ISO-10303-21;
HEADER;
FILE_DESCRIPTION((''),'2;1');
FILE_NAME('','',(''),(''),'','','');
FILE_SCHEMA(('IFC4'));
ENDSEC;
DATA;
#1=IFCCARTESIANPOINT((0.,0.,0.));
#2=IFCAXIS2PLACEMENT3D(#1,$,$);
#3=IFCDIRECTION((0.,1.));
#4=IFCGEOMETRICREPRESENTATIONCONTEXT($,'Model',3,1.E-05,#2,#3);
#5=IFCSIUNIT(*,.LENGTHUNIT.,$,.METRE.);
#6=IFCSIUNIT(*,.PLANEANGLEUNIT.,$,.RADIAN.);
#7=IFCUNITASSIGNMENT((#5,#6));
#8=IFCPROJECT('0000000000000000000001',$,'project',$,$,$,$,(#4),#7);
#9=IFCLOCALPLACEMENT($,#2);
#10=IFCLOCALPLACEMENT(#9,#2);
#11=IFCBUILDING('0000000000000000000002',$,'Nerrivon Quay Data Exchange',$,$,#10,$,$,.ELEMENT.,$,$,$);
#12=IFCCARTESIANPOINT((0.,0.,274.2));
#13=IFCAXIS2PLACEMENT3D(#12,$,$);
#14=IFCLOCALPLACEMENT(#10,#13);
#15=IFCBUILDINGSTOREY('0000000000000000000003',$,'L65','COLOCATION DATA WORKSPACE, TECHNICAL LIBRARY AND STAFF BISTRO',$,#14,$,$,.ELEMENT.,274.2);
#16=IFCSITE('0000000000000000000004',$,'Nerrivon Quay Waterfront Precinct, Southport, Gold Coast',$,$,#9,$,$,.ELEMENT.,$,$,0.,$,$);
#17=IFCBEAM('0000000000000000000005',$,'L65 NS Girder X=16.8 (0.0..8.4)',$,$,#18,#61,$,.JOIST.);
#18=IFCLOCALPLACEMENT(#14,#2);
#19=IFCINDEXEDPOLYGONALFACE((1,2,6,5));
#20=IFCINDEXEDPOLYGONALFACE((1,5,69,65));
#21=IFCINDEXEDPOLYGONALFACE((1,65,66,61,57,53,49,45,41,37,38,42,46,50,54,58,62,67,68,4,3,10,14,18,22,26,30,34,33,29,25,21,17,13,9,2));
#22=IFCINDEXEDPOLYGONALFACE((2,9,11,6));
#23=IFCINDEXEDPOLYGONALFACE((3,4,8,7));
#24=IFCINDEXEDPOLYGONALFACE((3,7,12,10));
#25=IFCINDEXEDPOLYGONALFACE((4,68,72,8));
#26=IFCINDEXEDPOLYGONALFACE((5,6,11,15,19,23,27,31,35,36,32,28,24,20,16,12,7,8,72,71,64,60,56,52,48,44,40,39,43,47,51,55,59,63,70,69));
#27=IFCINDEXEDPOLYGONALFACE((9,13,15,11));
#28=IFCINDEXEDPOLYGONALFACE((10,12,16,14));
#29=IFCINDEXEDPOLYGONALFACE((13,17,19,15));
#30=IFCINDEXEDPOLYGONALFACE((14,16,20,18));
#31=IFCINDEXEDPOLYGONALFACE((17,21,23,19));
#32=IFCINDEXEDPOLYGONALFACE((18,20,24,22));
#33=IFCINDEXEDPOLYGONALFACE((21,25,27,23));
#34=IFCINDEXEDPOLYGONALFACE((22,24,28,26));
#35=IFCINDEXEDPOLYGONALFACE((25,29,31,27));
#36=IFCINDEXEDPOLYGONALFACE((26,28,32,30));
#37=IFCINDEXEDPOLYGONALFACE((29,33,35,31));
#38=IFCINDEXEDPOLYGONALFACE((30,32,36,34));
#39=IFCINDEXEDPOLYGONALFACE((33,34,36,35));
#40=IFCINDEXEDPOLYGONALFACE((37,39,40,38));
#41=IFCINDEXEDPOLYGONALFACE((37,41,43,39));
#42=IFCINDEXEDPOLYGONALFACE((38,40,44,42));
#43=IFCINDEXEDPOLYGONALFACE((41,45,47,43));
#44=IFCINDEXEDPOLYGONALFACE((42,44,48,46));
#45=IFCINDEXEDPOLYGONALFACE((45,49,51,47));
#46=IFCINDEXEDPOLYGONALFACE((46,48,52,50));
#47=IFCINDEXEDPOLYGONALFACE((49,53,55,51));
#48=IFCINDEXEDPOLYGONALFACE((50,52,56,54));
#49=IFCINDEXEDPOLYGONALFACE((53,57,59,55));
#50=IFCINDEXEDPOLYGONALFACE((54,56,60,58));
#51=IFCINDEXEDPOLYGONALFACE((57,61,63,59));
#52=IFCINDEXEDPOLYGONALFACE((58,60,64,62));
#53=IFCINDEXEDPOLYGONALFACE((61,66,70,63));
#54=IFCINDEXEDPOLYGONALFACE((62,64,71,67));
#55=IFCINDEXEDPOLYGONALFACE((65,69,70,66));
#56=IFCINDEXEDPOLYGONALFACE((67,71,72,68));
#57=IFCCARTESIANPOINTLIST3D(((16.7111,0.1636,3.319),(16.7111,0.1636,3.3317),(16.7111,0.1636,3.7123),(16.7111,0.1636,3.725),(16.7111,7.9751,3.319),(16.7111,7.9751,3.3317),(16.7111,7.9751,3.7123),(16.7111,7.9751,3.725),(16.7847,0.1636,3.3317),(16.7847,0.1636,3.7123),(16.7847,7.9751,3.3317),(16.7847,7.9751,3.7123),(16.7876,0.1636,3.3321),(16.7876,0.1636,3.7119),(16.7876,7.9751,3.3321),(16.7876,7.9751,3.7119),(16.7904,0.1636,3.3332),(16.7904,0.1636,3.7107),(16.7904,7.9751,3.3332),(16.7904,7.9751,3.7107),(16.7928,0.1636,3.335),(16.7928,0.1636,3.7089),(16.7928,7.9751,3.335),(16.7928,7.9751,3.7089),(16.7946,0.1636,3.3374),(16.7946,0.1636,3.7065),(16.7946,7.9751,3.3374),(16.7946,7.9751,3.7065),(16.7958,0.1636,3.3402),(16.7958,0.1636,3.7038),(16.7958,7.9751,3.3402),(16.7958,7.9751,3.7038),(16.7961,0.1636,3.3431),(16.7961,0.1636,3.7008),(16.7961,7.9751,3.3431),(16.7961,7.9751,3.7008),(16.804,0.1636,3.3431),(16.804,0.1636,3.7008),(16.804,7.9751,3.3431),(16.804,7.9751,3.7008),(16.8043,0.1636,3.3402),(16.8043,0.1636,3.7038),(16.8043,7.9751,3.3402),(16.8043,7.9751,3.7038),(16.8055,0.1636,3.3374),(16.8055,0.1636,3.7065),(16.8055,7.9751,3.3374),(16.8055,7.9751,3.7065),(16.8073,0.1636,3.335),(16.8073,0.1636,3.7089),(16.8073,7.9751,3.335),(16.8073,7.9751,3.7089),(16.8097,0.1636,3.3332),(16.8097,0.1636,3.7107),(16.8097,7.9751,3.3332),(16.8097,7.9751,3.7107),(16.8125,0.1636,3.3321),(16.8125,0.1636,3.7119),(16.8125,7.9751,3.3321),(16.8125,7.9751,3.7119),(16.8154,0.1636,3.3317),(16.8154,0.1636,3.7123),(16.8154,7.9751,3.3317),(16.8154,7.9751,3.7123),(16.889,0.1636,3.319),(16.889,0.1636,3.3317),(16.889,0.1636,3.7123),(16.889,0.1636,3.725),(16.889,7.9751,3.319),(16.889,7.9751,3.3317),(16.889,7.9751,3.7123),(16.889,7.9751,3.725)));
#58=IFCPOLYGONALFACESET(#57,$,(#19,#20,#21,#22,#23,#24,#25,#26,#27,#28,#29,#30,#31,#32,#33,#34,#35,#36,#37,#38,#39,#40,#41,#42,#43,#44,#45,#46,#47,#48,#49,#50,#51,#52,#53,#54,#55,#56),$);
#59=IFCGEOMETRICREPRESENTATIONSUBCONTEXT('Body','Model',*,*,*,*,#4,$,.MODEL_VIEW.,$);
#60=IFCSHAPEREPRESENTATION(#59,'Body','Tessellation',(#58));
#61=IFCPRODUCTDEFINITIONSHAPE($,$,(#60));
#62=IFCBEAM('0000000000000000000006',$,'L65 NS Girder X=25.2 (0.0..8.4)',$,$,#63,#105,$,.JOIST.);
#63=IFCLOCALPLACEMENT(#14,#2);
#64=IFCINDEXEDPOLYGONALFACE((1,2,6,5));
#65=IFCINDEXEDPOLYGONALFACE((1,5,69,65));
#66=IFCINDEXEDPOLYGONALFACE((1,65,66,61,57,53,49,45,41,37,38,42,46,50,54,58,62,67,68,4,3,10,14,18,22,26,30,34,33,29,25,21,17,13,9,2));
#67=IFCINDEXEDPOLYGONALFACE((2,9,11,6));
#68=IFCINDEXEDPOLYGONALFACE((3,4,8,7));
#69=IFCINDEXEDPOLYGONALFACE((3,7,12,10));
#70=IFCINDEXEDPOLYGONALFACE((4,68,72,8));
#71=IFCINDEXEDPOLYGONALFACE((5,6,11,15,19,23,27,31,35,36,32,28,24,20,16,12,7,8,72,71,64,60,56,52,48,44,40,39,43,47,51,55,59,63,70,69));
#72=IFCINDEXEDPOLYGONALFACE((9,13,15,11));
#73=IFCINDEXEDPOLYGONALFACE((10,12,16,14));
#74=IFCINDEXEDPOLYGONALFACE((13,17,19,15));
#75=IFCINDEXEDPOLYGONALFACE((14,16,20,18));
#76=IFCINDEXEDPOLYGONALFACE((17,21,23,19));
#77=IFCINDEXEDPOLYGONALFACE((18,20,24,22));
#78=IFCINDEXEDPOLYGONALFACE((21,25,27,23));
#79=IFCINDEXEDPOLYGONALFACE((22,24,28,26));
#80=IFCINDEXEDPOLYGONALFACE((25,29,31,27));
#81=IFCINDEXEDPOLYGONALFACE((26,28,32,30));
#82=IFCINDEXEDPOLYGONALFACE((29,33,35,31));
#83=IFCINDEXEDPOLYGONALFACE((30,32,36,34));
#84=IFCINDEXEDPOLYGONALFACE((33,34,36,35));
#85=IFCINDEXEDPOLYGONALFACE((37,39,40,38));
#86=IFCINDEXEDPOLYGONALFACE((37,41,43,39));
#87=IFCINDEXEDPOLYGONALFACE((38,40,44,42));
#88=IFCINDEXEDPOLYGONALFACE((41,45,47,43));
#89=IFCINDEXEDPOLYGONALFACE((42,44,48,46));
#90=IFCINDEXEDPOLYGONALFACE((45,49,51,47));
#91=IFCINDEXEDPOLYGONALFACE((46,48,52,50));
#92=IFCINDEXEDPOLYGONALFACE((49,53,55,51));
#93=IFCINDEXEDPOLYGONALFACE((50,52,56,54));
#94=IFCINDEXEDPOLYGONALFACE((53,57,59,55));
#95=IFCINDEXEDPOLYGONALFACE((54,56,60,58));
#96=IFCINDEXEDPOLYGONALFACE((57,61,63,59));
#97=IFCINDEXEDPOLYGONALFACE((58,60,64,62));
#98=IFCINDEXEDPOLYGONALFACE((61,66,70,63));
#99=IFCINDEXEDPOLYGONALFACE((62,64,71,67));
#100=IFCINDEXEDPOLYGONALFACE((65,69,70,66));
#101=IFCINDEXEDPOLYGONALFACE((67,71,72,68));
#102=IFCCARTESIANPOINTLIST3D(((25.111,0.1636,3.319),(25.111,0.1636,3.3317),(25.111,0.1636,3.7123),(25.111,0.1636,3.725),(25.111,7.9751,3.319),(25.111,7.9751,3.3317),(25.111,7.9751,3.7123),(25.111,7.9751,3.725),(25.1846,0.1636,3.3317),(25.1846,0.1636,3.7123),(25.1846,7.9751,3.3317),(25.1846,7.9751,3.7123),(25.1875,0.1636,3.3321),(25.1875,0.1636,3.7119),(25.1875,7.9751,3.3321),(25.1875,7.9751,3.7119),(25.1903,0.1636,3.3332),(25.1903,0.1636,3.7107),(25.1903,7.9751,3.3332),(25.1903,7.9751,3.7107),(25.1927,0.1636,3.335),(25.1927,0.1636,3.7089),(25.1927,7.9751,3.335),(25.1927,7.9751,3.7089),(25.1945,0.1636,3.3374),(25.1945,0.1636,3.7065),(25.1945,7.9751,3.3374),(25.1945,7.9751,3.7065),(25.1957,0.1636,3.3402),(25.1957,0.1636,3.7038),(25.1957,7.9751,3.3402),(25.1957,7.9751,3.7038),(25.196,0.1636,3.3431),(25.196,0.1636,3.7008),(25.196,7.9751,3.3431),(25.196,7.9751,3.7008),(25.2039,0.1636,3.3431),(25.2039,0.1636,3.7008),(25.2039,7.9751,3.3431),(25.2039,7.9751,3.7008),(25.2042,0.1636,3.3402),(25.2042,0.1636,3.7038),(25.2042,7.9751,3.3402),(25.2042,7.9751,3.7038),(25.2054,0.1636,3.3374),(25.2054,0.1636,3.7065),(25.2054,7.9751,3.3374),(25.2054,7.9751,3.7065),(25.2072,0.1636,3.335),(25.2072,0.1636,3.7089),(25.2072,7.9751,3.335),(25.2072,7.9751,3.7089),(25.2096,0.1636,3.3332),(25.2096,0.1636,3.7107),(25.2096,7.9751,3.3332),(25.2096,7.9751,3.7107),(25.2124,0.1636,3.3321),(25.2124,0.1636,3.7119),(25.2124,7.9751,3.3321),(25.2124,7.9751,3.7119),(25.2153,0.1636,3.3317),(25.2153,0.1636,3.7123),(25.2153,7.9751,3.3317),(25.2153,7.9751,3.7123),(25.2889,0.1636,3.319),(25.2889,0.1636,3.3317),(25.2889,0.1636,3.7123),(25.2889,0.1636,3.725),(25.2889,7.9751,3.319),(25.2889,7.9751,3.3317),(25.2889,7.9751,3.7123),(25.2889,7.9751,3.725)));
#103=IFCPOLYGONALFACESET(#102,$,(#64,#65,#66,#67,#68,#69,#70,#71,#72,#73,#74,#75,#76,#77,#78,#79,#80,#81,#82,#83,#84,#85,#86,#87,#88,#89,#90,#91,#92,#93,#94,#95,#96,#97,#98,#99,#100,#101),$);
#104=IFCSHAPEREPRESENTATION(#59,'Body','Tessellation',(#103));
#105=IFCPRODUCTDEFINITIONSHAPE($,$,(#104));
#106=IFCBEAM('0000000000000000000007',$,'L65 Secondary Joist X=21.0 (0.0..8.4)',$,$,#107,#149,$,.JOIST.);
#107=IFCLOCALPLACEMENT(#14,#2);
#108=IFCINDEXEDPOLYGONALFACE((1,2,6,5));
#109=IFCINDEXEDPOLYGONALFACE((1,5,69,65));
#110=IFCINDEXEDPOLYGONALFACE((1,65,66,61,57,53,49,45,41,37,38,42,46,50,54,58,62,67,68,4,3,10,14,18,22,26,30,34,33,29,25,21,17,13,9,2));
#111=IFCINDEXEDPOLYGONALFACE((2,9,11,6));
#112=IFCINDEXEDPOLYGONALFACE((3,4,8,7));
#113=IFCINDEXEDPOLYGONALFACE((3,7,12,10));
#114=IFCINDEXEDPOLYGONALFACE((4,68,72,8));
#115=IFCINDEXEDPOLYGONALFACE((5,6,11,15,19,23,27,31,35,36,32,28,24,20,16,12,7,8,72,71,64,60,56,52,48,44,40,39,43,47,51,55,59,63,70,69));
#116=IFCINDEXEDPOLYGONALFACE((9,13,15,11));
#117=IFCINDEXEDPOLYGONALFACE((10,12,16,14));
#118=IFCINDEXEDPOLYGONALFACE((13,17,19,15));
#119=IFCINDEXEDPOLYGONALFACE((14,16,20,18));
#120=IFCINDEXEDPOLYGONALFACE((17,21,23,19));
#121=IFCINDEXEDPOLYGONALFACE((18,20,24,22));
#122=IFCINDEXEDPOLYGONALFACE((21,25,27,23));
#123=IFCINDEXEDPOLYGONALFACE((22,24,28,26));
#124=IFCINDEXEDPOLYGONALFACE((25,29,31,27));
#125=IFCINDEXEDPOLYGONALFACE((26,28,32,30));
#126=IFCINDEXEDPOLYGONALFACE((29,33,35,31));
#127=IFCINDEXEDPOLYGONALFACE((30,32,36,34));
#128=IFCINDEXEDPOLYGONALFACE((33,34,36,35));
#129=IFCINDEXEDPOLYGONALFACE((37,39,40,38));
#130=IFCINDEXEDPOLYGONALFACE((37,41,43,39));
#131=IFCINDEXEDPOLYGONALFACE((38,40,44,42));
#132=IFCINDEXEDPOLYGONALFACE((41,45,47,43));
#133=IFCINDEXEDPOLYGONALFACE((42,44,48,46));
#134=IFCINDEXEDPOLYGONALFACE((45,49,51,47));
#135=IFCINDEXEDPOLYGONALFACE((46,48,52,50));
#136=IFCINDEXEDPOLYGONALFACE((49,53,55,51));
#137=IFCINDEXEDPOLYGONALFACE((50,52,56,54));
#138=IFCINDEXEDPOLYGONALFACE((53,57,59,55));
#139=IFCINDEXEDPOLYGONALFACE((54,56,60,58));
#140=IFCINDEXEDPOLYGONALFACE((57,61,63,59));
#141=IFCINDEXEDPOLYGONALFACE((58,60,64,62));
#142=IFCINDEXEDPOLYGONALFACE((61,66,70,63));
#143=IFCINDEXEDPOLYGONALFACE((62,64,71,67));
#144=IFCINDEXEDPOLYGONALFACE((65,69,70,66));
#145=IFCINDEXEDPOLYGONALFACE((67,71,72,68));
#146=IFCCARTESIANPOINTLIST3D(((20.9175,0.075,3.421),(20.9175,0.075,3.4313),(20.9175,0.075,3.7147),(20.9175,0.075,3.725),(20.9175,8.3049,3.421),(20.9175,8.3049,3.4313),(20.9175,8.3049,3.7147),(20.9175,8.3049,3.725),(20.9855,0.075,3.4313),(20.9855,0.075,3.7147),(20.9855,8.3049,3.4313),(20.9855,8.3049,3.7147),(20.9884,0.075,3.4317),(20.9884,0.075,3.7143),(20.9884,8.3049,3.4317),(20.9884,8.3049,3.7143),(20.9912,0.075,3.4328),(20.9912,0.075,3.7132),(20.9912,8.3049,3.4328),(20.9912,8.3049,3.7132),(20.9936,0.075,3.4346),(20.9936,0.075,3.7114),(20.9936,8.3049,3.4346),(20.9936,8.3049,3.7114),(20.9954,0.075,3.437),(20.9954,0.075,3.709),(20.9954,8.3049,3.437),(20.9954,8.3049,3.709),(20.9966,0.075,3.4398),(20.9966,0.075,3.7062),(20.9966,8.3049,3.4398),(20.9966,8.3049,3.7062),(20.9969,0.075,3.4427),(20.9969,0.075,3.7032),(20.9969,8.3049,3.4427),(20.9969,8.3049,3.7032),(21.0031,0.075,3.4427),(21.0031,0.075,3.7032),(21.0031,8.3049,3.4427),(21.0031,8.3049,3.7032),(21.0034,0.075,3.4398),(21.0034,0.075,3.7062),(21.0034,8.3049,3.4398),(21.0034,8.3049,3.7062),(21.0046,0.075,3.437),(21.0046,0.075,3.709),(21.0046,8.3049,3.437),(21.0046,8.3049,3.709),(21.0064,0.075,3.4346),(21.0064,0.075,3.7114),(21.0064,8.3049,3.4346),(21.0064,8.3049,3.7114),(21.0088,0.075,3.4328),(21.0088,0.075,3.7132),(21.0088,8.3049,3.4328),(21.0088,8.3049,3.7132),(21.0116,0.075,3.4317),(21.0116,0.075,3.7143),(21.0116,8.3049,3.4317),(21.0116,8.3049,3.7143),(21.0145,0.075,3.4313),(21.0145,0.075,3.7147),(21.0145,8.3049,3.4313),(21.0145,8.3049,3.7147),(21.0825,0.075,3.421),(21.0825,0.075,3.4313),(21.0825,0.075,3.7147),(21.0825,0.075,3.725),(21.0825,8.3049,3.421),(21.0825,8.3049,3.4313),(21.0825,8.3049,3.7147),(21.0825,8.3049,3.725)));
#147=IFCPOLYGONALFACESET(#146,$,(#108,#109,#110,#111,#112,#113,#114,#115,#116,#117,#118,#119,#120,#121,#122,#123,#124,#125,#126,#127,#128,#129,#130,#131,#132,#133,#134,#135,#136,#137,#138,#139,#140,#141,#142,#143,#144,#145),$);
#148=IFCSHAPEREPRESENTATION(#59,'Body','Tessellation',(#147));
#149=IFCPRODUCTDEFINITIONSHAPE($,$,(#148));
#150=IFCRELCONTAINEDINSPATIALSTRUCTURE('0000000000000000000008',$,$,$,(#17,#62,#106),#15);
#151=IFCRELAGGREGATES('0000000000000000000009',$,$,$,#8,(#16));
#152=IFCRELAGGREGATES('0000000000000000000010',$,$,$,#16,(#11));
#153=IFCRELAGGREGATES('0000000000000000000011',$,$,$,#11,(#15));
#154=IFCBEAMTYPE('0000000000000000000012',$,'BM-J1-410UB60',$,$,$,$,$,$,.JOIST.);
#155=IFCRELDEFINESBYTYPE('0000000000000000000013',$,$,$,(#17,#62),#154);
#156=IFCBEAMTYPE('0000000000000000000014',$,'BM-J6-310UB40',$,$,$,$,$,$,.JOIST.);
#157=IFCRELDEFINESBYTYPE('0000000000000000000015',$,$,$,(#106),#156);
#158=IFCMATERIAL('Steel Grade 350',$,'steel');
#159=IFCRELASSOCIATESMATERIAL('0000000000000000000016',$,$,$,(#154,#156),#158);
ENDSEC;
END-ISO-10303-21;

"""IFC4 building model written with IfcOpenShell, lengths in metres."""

from ifc_helpers import new_model, si_unit, direction, frame, origin, origin_2d, place, context, subcontext, project, spatial, i_section, extrude, material, material_profile, profile_set, type_object, element, save


model = new_model("IFC4")

# Units and contexts
model_context = context("Model", 3, precision=1e-05, world=origin(), true_north=direction((0.0, 1.0)))
body_context = subcontext(model_context, "Body", "Model", "MODEL_VIEW")
ifc_project = project(units=[si_unit("LENGTHUNIT", "METRE"), si_unit("PLANEANGLEUNIT", "RADIAN")], contexts=[model_context])

# Site, building, storey
site_placement = place(None, origin())
site = spatial("IfcSite", under=ifc_project, at=site_placement, Name="Nerrivon Quay Waterfront Precinct, Southport, Gold Coast", CompositionType="ELEMENT", RefElevation=0.0)
building_placement = place(site_placement, origin())
building = spatial("IfcBuilding", under=site, at=building_placement, Name="Nerrivon Quay Data Exchange", CompositionType="ELEMENT")
storey_placement = place(building_placement, frame((0.0, 0.0, 274.2)))
storey = spatial("IfcBuildingStorey", under=building, at=storey_placement, Name="L65", Description="COLOCATION DATA WORKSPACE, TECHNICAL LIBRARY AND STAFF BISTRO", CompositionType="ELEMENT", Elevation=274.2)

# Shared definitions
ifc_material_1 = material(Name="Steel Grade 350", Category="steel")

# Beams
ifc_material_profile_1 = material_profile(ifc_material_1, i_section(OverallWidth=0.178, OverallDepth=0.406, WebThickness=0.0078, FlangeThickness=0.0127, FilletRadius=0.0115, at=origin_2d()), Name="410UB59.7")
ifc_profile_set_1 = profile_set([ifc_material_profile_1], Name="Steel Grade 350")
beam_type_1 = type_object("IfcBeamType", Name="BM-J1-410UB60", PredefinedType="JOIST", material=ifc_profile_set_1)
for number, where, z_axis, x_axis, name in (
    (1, (16.8, 0.1636, 3.522), (0.0, 1.0, 0.0), (-1.0, 0.0, 0.0), "L65 NS Girder X=16.8 (0.0..8.4)"),
    (2, (25.2, 0.1636, 3.522), (0.0, 1.0, 0.0), (-1.0, 0.0, 0.0), "L65 NS Girder X=25.2 (0.0..8.4)"),
):
    element("IfcBeam", number, at=place(storey_placement, frame(where, z_axis=z_axis, x_axis=x_axis)), inside=storey, type_object=beam_type_1, Name=name, PredefinedType="JOIST", context=body_context, shape_type="SweptSolid", body=[
        extrude(i_section(OverallWidth=0.178, OverallDepth=0.406, WebThickness=0.0078, FlangeThickness=0.0127, FilletRadius=0.0115, at=origin_2d()), origin(), (0.0, 0.0, 1.0), 7.8115),
    ])
ifc_material_profile_2 = material_profile(ifc_material_1, i_section(OverallWidth=0.165, OverallDepth=0.304, WebThickness=0.0061, FlangeThickness=0.0103, FilletRadius=0.0115, at=origin_2d()), Name="310UB40.4")
ifc_profile_set_2 = profile_set([ifc_material_profile_2], Name="Steel Grade 350")
beam_type_2 = type_object("IfcBeamType", Name="BM-J6-310UB40", PredefinedType="JOIST", material=ifc_profile_set_2)
beam_1_placement = place(storey_placement, frame((21.0, 0.075, 3.573), z_axis=(0.0, 1.0, 0.0), x_axis=(-1.0, 0.0, 0.0)))
element("IfcBeam", 3, at=beam_1_placement, inside=storey, type_object=beam_type_2, Name="L65 Secondary Joist X=21.0 (0.0..8.4)", PredefinedType="JOIST", context=body_context, shape_type="SweptSolid", body=[
    extrude(i_section(OverallWidth=0.165, OverallDepth=0.304, WebThickness=0.0061, FlangeThickness=0.0103, FilletRadius=0.0115, at=origin_2d()), origin(), (0.0, 0.0, 1.0), 8.23),
])

save(model, "model.ifc")
